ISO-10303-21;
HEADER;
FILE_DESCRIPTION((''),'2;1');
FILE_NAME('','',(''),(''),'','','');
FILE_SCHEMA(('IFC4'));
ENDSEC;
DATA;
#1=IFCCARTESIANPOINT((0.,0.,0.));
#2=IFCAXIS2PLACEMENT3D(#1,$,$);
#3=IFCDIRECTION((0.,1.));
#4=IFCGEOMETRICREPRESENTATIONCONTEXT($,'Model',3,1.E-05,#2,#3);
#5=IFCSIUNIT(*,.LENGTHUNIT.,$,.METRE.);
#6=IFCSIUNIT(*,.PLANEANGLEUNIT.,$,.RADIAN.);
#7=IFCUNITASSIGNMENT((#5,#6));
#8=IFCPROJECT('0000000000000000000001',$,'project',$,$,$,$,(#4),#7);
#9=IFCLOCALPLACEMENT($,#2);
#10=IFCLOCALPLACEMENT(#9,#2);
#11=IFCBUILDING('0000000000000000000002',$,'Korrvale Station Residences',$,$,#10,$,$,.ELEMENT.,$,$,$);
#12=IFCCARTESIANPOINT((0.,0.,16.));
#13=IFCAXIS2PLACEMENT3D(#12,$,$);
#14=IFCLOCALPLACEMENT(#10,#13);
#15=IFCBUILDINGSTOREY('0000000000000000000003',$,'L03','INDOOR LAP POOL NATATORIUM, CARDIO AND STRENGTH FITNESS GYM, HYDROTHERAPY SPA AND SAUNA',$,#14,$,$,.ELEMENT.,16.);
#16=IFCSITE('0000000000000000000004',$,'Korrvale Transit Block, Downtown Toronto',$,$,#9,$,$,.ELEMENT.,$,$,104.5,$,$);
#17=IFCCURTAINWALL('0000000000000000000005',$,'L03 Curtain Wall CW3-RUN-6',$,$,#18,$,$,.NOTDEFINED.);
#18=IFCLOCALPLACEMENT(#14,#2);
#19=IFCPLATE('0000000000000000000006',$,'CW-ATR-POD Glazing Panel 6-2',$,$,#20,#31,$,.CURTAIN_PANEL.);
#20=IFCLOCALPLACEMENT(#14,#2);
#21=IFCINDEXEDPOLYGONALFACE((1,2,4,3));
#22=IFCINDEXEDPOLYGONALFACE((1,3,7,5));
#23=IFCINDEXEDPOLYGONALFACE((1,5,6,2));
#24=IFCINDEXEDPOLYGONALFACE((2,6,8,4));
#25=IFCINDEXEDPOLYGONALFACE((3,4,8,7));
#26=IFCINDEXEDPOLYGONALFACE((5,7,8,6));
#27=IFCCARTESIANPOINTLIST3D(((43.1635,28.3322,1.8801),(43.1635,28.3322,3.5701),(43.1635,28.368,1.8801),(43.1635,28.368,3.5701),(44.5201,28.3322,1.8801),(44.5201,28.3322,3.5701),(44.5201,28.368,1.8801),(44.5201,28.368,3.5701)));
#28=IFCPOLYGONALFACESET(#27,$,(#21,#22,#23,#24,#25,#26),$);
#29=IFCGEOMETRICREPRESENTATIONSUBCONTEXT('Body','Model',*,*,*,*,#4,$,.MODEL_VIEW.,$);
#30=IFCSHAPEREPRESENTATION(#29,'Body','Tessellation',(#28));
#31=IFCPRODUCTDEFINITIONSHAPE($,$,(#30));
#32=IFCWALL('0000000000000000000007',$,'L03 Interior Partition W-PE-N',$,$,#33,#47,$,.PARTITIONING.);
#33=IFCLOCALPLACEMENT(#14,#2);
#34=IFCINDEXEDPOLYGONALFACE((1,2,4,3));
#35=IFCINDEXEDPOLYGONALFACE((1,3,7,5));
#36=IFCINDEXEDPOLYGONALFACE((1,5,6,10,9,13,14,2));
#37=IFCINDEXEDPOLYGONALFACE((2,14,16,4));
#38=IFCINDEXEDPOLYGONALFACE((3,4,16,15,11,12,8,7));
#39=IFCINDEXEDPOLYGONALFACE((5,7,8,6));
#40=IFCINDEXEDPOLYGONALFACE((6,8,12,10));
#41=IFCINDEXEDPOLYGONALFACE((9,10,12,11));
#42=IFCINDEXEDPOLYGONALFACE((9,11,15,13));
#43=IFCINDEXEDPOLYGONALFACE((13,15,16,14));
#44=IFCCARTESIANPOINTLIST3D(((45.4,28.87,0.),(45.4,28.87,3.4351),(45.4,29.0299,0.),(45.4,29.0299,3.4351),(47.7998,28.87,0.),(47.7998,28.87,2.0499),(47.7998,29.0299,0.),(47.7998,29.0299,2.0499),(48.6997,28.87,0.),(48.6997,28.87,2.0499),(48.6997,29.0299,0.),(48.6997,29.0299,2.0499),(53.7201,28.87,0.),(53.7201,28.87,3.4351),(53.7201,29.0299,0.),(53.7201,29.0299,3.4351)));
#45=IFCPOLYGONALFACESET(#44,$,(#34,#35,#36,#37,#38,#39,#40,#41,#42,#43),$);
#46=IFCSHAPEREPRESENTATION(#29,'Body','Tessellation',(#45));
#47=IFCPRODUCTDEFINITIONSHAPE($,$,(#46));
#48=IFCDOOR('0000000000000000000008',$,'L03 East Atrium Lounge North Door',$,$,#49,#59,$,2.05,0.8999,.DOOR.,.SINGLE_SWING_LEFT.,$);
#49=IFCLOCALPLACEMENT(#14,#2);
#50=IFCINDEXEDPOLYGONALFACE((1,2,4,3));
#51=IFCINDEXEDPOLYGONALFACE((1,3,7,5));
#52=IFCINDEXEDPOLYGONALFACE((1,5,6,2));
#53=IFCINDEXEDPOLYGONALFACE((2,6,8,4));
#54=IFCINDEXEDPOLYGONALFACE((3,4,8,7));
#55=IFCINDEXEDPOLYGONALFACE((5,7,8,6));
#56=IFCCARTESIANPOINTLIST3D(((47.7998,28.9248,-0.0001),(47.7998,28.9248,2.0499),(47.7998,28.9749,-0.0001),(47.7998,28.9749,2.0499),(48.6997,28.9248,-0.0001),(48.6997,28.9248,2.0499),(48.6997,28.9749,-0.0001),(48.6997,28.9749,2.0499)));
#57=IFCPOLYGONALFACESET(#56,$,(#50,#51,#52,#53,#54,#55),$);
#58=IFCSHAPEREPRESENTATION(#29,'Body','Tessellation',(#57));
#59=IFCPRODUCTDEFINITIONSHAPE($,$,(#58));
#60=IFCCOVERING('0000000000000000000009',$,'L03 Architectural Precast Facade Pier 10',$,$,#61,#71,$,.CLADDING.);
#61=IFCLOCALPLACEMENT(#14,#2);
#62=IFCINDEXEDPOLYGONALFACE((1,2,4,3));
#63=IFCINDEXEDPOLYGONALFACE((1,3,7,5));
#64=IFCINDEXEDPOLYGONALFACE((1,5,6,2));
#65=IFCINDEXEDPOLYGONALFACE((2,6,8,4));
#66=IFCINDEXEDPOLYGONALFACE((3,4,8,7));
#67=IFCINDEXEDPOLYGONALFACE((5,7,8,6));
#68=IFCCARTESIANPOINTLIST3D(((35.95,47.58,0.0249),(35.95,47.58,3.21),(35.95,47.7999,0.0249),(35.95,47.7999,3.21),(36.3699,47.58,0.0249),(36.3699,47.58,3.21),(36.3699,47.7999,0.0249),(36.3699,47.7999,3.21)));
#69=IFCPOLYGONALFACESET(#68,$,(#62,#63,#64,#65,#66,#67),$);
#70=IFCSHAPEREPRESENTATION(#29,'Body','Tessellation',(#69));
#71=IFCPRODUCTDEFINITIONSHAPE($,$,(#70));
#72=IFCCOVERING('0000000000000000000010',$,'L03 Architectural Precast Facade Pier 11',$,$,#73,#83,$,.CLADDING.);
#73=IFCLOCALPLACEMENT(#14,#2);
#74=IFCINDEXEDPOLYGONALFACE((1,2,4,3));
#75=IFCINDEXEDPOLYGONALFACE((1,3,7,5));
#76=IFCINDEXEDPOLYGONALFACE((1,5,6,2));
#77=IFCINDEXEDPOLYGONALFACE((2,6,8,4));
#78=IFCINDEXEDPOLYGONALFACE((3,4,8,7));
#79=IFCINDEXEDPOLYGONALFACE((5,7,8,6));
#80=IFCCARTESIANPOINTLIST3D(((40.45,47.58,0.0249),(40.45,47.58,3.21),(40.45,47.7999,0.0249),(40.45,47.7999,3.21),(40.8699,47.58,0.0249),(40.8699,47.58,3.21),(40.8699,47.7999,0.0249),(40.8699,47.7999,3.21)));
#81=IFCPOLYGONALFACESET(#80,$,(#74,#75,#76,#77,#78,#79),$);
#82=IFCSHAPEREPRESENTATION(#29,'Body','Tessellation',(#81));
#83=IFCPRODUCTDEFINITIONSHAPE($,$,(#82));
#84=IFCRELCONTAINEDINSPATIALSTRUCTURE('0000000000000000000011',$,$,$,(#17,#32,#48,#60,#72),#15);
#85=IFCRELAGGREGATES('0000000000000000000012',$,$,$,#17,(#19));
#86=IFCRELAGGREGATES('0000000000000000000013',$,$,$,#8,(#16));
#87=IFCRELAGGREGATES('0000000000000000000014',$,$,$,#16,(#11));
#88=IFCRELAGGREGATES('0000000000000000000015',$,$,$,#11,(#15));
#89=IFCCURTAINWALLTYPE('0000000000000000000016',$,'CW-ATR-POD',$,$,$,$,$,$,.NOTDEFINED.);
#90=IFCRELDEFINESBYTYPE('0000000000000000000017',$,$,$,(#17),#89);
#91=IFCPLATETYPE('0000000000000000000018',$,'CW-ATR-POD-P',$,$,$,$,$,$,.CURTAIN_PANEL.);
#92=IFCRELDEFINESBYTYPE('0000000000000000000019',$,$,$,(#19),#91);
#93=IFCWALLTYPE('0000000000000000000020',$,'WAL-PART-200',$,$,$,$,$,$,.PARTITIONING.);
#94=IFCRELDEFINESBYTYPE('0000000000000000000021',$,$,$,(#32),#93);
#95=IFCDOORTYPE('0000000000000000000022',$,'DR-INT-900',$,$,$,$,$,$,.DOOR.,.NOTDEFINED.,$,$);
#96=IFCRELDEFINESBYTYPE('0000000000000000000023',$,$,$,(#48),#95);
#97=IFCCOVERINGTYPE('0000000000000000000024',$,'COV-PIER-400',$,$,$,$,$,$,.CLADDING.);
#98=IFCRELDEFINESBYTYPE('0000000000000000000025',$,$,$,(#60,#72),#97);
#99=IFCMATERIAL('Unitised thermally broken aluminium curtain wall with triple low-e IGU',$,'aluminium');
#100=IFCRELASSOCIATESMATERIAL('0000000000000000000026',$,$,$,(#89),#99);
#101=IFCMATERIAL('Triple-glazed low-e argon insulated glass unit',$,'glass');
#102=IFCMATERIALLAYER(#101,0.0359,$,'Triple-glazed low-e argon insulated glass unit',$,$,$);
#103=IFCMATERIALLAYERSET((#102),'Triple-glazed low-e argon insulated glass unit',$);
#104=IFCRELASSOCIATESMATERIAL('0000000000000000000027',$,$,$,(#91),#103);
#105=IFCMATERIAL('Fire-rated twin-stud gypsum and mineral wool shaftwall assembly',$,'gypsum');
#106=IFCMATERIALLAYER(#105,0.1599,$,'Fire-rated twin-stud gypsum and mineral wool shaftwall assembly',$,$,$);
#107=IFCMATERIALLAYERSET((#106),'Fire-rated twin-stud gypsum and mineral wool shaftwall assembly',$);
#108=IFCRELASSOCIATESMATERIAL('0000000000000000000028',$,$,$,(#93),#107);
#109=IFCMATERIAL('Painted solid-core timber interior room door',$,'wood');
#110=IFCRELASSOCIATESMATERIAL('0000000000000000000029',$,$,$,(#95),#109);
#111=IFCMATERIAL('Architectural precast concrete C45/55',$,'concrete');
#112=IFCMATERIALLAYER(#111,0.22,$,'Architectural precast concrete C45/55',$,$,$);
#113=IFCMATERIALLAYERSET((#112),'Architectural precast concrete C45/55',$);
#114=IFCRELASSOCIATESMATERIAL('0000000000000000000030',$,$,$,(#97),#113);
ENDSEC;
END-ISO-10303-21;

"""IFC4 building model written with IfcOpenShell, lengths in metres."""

from ifc_helpers import new_model, si_unit, direction, frame, frame_2d, origin, origin_2d, place, context, subcontext, project, spatial, rectangle, extrude, material, layer, layer_set, type_object, element, fill, aggregate, save


model = new_model("IFC4")

# Units and contexts
model_context = context("Model", 3, precision=1e-05, world=origin(), true_north=direction((0.0, 1.0)))
body_context = subcontext(model_context, "Body", "Model", "MODEL_VIEW")
ifc_project = project(units=[si_unit("LENGTHUNIT", "METRE"), si_unit("PLANEANGLEUNIT", "RADIAN")], contexts=[model_context])

# Site, building, storey
site_placement = place(None, origin())
site = spatial("IfcSite", under=ifc_project, at=site_placement, Name="Korrvale Transit Block, Downtown Toronto", CompositionType="ELEMENT", RefElevation=104.5)
building_placement = place(site_placement, origin())
building = spatial("IfcBuilding", under=site, at=building_placement, Name="Korrvale Station Residences", CompositionType="ELEMENT")
storey_placement = place(building_placement, frame((0.0, 0.0, 16.0)))
storey = spatial("IfcBuildingStorey", under=building, at=storey_placement, Name="L03", Description="INDOOR LAP POOL NATATORIUM, CARDIO AND STRENGTH FITNESS GYM, HYDROTHERAPY SPA AND SAUNA", CompositionType="ELEMENT", Elevation=16.0)

# Curtain wall, plate
ifc_material_1 = material(Name="Unitised thermally broken aluminium curtain wall with triple low-e IGU", Category="aluminium")
curtain_wall_type = type_object("IfcCurtainWallType", Name="CW-ATR-POD", PredefinedType="NOTDEFINED", material=ifc_material_1)
curtain_wall_placement = place(storey_placement, origin())
curtain_wall = element("IfcCurtainWall", 1, at=curtain_wall_placement, inside=storey, type_object=curtain_wall_type, Name="L03 Curtain Wall CW3-RUN-6", PredefinedType="NOTDEFINED")
ifc_material_2 = material(Name="Triple-glazed low-e argon insulated glass unit", Category="glass")
ifc_layer_1 = layer(ifc_material_2, 0.0359, Name="Triple-glazed low-e argon insulated glass unit")
ifc_layer_set_1 = layer_set([ifc_layer_1], Name="Triple-glazed low-e argon insulated glass unit")
plate_type = type_object("IfcPlateType", Name="CW-ATR-POD-P", PredefinedType="CURTAIN_PANEL", material=ifc_layer_set_1)
plate_1_placement = place(storey_placement, frame((43.8418, 28.3501, 1.8801), z_axis=(0.0, 0.0, 1.0), x_axis=(1.0, 0.0, 0.0)))
plate_1 = element("IfcPlate", 2, at=plate_1_placement, type_object=plate_type, Name="CW-ATR-POD Glazing Panel 6-2", PredefinedType="CURTAIN_PANEL", context=body_context, shape_type="SweptSolid", body=[
    extrude(rectangle(XDim=1.3567, YDim=0.0359, at=origin_2d()), origin(), (0.0, 0.0, 1.0), 1.6899),
])
aggregate(curtain_wall, [plate_1])

# Wall, opening, door
ifc_material_3 = material(Name="Fire-rated twin-stud gypsum and mineral wool shaftwall assembly", Category="gypsum")
ifc_layer_2 = layer(ifc_material_3, 0.1599, Name="Fire-rated twin-stud gypsum and mineral wool shaftwall assembly")
ifc_layer_set_2 = layer_set([ifc_layer_2], Name="Fire-rated twin-stud gypsum and mineral wool shaftwall assembly")
wall_type = type_object("IfcWallType", Name="WAL-PART-200", PredefinedType="PARTITIONING", material=ifc_layer_set_2)
wall_placement = place(storey_placement, frame((45.3999, 28.95, 0.0), z_axis=(0.0, 0.0, 1.0), x_axis=(1.0, 0.0, 0.0)))
wall = element("IfcWall", 3, at=wall_placement, inside=storey, type_object=wall_type, Name="L03 Interior Partition W-PE-N", PredefinedType="PARTITIONING", context=body_context, shape_type="SweptSolid", body=[
    extrude(rectangle(XDim=8.3201, YDim=0.1599, at=frame_2d((4.1602, 0.0))), origin(), (0.0, 0.0, 1.0), 3.4351),
])
opening_placement = place(wall_placement, frame((2.3999, 0.0, 0.0)))
opening = element("IfcOpeningElement", 4, at=opening_placement, cuts=wall, PredefinedType="OPENING", context=body_context, shape_type="SweptSolid", body=[
    extrude(rectangle(XDim=0.8999, YDim=2.05, at=frame_2d((0.45, 1.0249))), frame((0.0, 0.0898, 0.0), z_axis=(0.0, -1.0, 0.0), x_axis=(1.0, 0.0, 0.0)), (0.0, 0.0, 1.0), 0.1799),
])
ifc_material_4 = material(Name="Painted solid-core timber interior room door", Category="wood")
door_type = type_object("IfcDoorType", Name="DR-INT-900", OperationType="NOTDEFINED", PredefinedType="DOOR", material=ifc_material_4)
door_placement = place(opening_placement, origin())
door = element("IfcDoor", 5, at=door_placement, inside=storey, type_object=door_type, Name="L03 East Atrium Lounge North Door", OperationType="SINGLE_SWING_LEFT", OverallHeight=2.05, OverallWidth=0.8999, PredefinedType="DOOR", context=body_context, shape_type="SweptSolid", body=[
    extrude(rectangle(XDim=0.8999, YDim=2.05, at=frame_2d((0.45, 1.0249))), frame((0.0, 0.0249, 0.0), z_axis=(0.0, -1.0, 0.0), x_axis=(1.0, 0.0, 0.0)), (0.0, 0.0, 1.0), 0.05),
])
fill(opening, door)

# Coverings
ifc_material_5 = material(Name="Architectural precast concrete C45/55", Category="concrete")
ifc_layer_3 = layer(ifc_material_5, 0.22, Name="Architectural precast concrete C45/55")
ifc_layer_set_3 = layer_set([ifc_layer_3], Name="Architectural precast concrete C45/55")
covering_type = type_object("IfcCoveringType", Name="COV-PIER-400", PredefinedType="CLADDING", material=ifc_layer_set_3)
for number, where, z_axis, x_axis, name in (
    (6, (36.1599, 47.6899, 0.0249), (0.0, 0.0, 1.0), (1.0, 0.0, 0.0), "L03 Architectural Precast Facade Pier 10"),
    (7, (40.6599, 47.6899, 0.0249), (0.0, 0.0, 1.0), (1.0, 0.0, 0.0), "L03 Architectural Precast Facade Pier 11"),
):
    element("IfcCovering", number, at=place(storey_placement, frame(where, z_axis=z_axis, x_axis=x_axis)), inside=storey, type_object=covering_type, Name=name, PredefinedType="CLADDING", context=body_context, shape_type="SweptSolid", body=[
        extrude(rectangle(XDim=0.4199, YDim=0.22, at=origin_2d()), origin(), (0.0, 0.0, 1.0), 3.1851),
    ])

save(model, "model.ifc")
